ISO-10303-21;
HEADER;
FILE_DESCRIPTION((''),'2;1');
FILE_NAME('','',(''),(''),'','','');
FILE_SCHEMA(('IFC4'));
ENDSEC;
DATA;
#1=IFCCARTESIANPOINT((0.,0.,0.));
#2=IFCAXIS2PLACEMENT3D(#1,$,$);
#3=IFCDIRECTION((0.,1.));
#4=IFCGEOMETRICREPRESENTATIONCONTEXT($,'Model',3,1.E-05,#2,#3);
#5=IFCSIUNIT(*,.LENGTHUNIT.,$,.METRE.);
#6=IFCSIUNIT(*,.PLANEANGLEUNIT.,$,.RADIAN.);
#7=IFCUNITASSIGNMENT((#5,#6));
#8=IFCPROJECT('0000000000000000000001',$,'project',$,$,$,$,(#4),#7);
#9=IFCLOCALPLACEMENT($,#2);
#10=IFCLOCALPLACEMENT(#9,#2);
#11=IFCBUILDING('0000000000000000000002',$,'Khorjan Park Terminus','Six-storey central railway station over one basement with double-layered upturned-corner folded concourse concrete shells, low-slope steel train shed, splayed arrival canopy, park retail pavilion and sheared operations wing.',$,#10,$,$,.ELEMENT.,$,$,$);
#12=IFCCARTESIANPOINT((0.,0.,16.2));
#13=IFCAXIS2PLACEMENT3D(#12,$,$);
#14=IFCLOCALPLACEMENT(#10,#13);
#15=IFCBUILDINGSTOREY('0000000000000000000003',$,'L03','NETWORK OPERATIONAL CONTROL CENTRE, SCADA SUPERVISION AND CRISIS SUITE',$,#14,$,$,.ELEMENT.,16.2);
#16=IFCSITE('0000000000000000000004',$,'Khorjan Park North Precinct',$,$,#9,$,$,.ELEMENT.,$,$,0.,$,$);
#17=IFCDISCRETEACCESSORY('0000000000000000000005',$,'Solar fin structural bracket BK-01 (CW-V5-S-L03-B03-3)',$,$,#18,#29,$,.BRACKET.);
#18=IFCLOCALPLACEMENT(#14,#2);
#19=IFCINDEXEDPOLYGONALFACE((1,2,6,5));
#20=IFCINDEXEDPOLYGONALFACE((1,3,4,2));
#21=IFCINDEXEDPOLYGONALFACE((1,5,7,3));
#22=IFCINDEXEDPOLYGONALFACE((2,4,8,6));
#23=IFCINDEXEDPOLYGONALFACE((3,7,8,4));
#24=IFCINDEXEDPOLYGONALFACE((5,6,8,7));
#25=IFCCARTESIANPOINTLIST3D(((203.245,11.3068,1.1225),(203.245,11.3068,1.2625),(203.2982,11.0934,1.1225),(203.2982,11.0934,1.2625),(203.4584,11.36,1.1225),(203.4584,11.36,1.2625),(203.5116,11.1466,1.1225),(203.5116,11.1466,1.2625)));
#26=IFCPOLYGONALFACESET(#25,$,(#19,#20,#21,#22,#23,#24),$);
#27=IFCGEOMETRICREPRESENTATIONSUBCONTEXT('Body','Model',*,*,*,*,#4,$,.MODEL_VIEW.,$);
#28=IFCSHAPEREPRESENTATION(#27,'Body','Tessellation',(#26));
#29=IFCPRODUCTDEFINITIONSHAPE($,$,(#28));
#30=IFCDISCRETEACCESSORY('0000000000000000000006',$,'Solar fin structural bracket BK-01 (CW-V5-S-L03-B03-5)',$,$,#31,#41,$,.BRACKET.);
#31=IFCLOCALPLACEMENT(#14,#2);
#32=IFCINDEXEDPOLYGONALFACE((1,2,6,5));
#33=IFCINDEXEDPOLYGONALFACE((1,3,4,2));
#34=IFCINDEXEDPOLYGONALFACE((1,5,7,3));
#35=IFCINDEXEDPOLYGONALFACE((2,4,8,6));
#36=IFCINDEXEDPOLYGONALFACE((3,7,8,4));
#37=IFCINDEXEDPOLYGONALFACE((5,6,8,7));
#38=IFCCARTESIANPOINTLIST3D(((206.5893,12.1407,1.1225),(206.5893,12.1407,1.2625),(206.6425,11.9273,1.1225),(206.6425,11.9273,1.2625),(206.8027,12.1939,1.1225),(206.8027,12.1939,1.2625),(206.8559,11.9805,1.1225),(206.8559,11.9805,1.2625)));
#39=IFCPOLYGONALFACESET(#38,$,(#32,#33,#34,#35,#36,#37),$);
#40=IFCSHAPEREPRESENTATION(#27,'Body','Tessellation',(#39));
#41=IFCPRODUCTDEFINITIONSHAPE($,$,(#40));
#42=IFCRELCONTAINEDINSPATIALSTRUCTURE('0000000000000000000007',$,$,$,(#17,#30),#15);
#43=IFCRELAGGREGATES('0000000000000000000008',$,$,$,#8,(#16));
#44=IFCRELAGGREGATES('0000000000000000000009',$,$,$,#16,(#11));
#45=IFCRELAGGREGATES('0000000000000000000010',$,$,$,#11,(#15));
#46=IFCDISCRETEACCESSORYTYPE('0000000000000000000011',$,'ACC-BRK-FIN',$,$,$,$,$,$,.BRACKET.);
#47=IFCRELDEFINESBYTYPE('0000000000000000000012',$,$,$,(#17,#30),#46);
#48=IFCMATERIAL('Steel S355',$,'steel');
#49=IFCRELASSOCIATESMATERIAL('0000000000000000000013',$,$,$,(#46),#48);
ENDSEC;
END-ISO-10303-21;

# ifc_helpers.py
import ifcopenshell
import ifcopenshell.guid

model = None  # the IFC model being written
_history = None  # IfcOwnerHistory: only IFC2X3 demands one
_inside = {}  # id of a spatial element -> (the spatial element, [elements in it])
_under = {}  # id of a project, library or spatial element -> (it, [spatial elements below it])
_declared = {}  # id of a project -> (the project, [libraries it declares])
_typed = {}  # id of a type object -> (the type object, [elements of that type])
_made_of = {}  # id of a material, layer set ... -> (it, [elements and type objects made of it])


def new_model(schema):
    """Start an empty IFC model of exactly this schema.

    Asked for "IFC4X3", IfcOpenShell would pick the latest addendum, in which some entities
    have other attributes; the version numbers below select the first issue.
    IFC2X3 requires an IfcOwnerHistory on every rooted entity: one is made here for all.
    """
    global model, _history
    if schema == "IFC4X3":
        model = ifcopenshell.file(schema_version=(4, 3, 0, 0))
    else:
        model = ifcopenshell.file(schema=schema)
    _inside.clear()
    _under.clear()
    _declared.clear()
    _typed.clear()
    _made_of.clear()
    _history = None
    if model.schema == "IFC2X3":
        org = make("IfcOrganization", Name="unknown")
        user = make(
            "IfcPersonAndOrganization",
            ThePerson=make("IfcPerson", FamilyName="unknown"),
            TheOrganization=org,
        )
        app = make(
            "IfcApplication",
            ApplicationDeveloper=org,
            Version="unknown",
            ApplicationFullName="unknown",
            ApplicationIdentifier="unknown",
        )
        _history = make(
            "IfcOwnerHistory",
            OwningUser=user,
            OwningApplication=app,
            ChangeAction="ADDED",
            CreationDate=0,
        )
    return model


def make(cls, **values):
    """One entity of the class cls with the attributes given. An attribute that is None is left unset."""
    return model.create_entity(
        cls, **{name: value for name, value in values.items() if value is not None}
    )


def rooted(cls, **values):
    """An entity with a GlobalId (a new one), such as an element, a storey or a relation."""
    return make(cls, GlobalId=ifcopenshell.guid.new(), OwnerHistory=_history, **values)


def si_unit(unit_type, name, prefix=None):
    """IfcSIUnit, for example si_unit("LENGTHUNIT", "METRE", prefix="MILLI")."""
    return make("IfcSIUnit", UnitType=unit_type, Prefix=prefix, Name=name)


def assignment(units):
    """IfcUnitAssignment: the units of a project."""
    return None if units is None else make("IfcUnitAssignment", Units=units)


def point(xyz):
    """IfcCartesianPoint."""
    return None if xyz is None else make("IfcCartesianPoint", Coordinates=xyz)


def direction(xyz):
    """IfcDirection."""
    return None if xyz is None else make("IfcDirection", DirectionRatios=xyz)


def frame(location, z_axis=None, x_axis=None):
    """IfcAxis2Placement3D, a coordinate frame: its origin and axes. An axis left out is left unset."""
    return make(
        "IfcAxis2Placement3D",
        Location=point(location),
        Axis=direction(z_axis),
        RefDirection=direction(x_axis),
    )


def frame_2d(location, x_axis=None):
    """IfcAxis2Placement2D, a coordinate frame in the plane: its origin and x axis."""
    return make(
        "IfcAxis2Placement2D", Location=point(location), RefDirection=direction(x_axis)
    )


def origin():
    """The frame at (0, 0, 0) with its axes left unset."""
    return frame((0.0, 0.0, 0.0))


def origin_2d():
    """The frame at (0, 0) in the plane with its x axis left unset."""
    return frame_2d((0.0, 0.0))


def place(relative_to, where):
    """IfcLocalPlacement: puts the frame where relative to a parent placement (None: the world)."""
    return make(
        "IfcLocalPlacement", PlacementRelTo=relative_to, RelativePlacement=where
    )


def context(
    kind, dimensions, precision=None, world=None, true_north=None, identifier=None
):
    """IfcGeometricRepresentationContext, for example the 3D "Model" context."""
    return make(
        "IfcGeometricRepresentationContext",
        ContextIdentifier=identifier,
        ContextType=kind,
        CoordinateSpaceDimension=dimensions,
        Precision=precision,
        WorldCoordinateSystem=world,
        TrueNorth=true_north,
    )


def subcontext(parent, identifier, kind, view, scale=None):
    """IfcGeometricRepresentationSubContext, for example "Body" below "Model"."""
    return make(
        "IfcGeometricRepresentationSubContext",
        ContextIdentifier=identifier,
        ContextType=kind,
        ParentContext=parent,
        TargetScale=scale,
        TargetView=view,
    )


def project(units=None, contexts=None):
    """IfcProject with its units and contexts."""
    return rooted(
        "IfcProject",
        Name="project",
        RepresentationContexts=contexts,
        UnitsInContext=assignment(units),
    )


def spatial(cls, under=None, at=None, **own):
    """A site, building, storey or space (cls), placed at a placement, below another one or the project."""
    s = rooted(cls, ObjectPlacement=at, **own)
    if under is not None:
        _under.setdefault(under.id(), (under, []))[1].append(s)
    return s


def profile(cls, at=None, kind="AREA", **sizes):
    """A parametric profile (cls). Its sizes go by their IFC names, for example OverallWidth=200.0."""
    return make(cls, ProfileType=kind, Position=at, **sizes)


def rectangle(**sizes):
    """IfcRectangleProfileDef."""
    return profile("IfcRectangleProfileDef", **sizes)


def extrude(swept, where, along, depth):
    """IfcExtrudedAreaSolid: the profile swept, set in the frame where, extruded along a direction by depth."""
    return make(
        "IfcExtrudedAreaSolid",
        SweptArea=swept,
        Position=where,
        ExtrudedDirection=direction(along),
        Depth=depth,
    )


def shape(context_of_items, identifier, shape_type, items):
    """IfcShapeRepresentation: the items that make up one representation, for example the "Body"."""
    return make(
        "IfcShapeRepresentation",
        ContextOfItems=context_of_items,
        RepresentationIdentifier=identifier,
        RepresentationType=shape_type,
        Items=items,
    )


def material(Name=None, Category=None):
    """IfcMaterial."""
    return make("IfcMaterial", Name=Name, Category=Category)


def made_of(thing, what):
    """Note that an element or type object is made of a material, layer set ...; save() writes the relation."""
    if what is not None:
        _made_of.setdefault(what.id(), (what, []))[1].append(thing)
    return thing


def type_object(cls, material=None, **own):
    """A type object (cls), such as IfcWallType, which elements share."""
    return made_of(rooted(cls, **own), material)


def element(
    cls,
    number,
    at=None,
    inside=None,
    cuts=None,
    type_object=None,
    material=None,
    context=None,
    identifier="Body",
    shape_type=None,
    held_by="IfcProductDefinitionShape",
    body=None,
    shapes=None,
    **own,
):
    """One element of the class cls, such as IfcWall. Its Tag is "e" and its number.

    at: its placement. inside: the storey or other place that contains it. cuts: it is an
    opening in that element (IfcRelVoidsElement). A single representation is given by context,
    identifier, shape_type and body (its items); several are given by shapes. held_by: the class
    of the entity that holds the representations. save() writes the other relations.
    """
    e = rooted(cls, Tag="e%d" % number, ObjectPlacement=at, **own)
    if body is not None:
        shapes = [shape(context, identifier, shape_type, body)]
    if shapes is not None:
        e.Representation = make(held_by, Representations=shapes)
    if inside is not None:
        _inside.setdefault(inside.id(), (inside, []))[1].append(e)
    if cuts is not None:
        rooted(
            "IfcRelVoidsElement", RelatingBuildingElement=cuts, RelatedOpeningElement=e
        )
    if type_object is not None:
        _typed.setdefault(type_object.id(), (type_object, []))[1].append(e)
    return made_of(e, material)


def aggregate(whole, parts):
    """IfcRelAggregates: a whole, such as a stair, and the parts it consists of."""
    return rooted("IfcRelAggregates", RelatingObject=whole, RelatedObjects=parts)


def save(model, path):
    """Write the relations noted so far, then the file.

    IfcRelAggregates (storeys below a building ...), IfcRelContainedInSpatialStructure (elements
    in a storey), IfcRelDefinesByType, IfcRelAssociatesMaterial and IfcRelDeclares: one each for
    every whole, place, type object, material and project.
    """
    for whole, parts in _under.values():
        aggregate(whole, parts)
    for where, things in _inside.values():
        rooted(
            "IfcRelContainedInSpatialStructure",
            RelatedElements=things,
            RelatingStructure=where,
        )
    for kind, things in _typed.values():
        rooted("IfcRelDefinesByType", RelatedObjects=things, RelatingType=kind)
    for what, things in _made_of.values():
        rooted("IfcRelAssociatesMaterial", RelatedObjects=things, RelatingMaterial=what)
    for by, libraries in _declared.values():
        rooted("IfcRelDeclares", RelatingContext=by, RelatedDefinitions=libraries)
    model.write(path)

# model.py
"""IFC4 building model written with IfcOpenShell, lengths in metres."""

from ifc_helpers import new_model, si_unit, direction, frame, origin, origin_2d, place, context, subcontext, project, spatial, rectangle, extrude, material, type_object, element, save


model = new_model("IFC4")

# Units and contexts
model_context = context("Model", 3, precision=1e-05, world=origin(), true_north=direction((0.0, 1.0)))
body_context = subcontext(model_context, "Body", "Model", "MODEL_VIEW")
ifc_project = project(units=[si_unit("LENGTHUNIT", "METRE"), si_unit("PLANEANGLEUNIT", "RADIAN")], contexts=[model_context])

# Site, building, storey
site_placement = place(None, origin())
site = spatial("IfcSite", under=ifc_project, at=site_placement, Name="Khorjan Park North Precinct", CompositionType="ELEMENT", RefElevation=0.0)
building_placement = place(site_placement, origin())
building = spatial("IfcBuilding", under=site, at=building_placement, Name="Khorjan Park Terminus", Description="Six-storey central railway station over one basement with double-layered upturned-corner folded concourse concrete shells, low-slope steel train shed, splayed arrival canopy, park retail pavilion and sheared operations wing.", CompositionType="ELEMENT")
storey_placement = place(building_placement, frame((0.0, 0.0, 16.2)))
storey = spatial("IfcBuildingStorey", under=building, at=storey_placement, Name="L03", Description="NETWORK OPERATIONAL CONTROL CENTRE, SCADA SUPERVISION AND CRISIS SUITE", CompositionType="ELEMENT", Elevation=16.2)

# Discrete accessories
ifc_material_1 = material(Name="Steel S355", Category="steel")
discrete_accessory_type = type_object("IfcDiscreteAccessoryType", Name="ACC-BRK-FIN", PredefinedType="BRACKET", material=ifc_material_1)
for number, where, z_axis, x_axis, name in (
    (1, (203.3783, 11.2267, 1.1225), (0.0, 0.0, 1.0), (0.970295, 0.241926, 0.0), "Solar fin structural bracket BK-01 (CW-V5-S-L03-B03-3)"),
    (2, (206.7226, 12.0606, 1.1225), (0.0, 0.0, 1.0), (0.970295, 0.241926, 0.0), "Solar fin structural bracket BK-01 (CW-V5-S-L03-B03-5)"),
):
    element("IfcDiscreteAccessory", number, at=place(storey_placement, frame(where, z_axis=z_axis, x_axis=x_axis)), inside=storey, type_object=discrete_accessory_type, Name=name, PredefinedType="BRACKET", context=body_context, shape_type="SweptSolid", body=[
        extrude(rectangle(XDim=0.22, YDim=0.22, at=origin_2d()), origin(), (0.0, 0.0, 1.0), 0.14),
    ])

save(model, "model.ifc")
